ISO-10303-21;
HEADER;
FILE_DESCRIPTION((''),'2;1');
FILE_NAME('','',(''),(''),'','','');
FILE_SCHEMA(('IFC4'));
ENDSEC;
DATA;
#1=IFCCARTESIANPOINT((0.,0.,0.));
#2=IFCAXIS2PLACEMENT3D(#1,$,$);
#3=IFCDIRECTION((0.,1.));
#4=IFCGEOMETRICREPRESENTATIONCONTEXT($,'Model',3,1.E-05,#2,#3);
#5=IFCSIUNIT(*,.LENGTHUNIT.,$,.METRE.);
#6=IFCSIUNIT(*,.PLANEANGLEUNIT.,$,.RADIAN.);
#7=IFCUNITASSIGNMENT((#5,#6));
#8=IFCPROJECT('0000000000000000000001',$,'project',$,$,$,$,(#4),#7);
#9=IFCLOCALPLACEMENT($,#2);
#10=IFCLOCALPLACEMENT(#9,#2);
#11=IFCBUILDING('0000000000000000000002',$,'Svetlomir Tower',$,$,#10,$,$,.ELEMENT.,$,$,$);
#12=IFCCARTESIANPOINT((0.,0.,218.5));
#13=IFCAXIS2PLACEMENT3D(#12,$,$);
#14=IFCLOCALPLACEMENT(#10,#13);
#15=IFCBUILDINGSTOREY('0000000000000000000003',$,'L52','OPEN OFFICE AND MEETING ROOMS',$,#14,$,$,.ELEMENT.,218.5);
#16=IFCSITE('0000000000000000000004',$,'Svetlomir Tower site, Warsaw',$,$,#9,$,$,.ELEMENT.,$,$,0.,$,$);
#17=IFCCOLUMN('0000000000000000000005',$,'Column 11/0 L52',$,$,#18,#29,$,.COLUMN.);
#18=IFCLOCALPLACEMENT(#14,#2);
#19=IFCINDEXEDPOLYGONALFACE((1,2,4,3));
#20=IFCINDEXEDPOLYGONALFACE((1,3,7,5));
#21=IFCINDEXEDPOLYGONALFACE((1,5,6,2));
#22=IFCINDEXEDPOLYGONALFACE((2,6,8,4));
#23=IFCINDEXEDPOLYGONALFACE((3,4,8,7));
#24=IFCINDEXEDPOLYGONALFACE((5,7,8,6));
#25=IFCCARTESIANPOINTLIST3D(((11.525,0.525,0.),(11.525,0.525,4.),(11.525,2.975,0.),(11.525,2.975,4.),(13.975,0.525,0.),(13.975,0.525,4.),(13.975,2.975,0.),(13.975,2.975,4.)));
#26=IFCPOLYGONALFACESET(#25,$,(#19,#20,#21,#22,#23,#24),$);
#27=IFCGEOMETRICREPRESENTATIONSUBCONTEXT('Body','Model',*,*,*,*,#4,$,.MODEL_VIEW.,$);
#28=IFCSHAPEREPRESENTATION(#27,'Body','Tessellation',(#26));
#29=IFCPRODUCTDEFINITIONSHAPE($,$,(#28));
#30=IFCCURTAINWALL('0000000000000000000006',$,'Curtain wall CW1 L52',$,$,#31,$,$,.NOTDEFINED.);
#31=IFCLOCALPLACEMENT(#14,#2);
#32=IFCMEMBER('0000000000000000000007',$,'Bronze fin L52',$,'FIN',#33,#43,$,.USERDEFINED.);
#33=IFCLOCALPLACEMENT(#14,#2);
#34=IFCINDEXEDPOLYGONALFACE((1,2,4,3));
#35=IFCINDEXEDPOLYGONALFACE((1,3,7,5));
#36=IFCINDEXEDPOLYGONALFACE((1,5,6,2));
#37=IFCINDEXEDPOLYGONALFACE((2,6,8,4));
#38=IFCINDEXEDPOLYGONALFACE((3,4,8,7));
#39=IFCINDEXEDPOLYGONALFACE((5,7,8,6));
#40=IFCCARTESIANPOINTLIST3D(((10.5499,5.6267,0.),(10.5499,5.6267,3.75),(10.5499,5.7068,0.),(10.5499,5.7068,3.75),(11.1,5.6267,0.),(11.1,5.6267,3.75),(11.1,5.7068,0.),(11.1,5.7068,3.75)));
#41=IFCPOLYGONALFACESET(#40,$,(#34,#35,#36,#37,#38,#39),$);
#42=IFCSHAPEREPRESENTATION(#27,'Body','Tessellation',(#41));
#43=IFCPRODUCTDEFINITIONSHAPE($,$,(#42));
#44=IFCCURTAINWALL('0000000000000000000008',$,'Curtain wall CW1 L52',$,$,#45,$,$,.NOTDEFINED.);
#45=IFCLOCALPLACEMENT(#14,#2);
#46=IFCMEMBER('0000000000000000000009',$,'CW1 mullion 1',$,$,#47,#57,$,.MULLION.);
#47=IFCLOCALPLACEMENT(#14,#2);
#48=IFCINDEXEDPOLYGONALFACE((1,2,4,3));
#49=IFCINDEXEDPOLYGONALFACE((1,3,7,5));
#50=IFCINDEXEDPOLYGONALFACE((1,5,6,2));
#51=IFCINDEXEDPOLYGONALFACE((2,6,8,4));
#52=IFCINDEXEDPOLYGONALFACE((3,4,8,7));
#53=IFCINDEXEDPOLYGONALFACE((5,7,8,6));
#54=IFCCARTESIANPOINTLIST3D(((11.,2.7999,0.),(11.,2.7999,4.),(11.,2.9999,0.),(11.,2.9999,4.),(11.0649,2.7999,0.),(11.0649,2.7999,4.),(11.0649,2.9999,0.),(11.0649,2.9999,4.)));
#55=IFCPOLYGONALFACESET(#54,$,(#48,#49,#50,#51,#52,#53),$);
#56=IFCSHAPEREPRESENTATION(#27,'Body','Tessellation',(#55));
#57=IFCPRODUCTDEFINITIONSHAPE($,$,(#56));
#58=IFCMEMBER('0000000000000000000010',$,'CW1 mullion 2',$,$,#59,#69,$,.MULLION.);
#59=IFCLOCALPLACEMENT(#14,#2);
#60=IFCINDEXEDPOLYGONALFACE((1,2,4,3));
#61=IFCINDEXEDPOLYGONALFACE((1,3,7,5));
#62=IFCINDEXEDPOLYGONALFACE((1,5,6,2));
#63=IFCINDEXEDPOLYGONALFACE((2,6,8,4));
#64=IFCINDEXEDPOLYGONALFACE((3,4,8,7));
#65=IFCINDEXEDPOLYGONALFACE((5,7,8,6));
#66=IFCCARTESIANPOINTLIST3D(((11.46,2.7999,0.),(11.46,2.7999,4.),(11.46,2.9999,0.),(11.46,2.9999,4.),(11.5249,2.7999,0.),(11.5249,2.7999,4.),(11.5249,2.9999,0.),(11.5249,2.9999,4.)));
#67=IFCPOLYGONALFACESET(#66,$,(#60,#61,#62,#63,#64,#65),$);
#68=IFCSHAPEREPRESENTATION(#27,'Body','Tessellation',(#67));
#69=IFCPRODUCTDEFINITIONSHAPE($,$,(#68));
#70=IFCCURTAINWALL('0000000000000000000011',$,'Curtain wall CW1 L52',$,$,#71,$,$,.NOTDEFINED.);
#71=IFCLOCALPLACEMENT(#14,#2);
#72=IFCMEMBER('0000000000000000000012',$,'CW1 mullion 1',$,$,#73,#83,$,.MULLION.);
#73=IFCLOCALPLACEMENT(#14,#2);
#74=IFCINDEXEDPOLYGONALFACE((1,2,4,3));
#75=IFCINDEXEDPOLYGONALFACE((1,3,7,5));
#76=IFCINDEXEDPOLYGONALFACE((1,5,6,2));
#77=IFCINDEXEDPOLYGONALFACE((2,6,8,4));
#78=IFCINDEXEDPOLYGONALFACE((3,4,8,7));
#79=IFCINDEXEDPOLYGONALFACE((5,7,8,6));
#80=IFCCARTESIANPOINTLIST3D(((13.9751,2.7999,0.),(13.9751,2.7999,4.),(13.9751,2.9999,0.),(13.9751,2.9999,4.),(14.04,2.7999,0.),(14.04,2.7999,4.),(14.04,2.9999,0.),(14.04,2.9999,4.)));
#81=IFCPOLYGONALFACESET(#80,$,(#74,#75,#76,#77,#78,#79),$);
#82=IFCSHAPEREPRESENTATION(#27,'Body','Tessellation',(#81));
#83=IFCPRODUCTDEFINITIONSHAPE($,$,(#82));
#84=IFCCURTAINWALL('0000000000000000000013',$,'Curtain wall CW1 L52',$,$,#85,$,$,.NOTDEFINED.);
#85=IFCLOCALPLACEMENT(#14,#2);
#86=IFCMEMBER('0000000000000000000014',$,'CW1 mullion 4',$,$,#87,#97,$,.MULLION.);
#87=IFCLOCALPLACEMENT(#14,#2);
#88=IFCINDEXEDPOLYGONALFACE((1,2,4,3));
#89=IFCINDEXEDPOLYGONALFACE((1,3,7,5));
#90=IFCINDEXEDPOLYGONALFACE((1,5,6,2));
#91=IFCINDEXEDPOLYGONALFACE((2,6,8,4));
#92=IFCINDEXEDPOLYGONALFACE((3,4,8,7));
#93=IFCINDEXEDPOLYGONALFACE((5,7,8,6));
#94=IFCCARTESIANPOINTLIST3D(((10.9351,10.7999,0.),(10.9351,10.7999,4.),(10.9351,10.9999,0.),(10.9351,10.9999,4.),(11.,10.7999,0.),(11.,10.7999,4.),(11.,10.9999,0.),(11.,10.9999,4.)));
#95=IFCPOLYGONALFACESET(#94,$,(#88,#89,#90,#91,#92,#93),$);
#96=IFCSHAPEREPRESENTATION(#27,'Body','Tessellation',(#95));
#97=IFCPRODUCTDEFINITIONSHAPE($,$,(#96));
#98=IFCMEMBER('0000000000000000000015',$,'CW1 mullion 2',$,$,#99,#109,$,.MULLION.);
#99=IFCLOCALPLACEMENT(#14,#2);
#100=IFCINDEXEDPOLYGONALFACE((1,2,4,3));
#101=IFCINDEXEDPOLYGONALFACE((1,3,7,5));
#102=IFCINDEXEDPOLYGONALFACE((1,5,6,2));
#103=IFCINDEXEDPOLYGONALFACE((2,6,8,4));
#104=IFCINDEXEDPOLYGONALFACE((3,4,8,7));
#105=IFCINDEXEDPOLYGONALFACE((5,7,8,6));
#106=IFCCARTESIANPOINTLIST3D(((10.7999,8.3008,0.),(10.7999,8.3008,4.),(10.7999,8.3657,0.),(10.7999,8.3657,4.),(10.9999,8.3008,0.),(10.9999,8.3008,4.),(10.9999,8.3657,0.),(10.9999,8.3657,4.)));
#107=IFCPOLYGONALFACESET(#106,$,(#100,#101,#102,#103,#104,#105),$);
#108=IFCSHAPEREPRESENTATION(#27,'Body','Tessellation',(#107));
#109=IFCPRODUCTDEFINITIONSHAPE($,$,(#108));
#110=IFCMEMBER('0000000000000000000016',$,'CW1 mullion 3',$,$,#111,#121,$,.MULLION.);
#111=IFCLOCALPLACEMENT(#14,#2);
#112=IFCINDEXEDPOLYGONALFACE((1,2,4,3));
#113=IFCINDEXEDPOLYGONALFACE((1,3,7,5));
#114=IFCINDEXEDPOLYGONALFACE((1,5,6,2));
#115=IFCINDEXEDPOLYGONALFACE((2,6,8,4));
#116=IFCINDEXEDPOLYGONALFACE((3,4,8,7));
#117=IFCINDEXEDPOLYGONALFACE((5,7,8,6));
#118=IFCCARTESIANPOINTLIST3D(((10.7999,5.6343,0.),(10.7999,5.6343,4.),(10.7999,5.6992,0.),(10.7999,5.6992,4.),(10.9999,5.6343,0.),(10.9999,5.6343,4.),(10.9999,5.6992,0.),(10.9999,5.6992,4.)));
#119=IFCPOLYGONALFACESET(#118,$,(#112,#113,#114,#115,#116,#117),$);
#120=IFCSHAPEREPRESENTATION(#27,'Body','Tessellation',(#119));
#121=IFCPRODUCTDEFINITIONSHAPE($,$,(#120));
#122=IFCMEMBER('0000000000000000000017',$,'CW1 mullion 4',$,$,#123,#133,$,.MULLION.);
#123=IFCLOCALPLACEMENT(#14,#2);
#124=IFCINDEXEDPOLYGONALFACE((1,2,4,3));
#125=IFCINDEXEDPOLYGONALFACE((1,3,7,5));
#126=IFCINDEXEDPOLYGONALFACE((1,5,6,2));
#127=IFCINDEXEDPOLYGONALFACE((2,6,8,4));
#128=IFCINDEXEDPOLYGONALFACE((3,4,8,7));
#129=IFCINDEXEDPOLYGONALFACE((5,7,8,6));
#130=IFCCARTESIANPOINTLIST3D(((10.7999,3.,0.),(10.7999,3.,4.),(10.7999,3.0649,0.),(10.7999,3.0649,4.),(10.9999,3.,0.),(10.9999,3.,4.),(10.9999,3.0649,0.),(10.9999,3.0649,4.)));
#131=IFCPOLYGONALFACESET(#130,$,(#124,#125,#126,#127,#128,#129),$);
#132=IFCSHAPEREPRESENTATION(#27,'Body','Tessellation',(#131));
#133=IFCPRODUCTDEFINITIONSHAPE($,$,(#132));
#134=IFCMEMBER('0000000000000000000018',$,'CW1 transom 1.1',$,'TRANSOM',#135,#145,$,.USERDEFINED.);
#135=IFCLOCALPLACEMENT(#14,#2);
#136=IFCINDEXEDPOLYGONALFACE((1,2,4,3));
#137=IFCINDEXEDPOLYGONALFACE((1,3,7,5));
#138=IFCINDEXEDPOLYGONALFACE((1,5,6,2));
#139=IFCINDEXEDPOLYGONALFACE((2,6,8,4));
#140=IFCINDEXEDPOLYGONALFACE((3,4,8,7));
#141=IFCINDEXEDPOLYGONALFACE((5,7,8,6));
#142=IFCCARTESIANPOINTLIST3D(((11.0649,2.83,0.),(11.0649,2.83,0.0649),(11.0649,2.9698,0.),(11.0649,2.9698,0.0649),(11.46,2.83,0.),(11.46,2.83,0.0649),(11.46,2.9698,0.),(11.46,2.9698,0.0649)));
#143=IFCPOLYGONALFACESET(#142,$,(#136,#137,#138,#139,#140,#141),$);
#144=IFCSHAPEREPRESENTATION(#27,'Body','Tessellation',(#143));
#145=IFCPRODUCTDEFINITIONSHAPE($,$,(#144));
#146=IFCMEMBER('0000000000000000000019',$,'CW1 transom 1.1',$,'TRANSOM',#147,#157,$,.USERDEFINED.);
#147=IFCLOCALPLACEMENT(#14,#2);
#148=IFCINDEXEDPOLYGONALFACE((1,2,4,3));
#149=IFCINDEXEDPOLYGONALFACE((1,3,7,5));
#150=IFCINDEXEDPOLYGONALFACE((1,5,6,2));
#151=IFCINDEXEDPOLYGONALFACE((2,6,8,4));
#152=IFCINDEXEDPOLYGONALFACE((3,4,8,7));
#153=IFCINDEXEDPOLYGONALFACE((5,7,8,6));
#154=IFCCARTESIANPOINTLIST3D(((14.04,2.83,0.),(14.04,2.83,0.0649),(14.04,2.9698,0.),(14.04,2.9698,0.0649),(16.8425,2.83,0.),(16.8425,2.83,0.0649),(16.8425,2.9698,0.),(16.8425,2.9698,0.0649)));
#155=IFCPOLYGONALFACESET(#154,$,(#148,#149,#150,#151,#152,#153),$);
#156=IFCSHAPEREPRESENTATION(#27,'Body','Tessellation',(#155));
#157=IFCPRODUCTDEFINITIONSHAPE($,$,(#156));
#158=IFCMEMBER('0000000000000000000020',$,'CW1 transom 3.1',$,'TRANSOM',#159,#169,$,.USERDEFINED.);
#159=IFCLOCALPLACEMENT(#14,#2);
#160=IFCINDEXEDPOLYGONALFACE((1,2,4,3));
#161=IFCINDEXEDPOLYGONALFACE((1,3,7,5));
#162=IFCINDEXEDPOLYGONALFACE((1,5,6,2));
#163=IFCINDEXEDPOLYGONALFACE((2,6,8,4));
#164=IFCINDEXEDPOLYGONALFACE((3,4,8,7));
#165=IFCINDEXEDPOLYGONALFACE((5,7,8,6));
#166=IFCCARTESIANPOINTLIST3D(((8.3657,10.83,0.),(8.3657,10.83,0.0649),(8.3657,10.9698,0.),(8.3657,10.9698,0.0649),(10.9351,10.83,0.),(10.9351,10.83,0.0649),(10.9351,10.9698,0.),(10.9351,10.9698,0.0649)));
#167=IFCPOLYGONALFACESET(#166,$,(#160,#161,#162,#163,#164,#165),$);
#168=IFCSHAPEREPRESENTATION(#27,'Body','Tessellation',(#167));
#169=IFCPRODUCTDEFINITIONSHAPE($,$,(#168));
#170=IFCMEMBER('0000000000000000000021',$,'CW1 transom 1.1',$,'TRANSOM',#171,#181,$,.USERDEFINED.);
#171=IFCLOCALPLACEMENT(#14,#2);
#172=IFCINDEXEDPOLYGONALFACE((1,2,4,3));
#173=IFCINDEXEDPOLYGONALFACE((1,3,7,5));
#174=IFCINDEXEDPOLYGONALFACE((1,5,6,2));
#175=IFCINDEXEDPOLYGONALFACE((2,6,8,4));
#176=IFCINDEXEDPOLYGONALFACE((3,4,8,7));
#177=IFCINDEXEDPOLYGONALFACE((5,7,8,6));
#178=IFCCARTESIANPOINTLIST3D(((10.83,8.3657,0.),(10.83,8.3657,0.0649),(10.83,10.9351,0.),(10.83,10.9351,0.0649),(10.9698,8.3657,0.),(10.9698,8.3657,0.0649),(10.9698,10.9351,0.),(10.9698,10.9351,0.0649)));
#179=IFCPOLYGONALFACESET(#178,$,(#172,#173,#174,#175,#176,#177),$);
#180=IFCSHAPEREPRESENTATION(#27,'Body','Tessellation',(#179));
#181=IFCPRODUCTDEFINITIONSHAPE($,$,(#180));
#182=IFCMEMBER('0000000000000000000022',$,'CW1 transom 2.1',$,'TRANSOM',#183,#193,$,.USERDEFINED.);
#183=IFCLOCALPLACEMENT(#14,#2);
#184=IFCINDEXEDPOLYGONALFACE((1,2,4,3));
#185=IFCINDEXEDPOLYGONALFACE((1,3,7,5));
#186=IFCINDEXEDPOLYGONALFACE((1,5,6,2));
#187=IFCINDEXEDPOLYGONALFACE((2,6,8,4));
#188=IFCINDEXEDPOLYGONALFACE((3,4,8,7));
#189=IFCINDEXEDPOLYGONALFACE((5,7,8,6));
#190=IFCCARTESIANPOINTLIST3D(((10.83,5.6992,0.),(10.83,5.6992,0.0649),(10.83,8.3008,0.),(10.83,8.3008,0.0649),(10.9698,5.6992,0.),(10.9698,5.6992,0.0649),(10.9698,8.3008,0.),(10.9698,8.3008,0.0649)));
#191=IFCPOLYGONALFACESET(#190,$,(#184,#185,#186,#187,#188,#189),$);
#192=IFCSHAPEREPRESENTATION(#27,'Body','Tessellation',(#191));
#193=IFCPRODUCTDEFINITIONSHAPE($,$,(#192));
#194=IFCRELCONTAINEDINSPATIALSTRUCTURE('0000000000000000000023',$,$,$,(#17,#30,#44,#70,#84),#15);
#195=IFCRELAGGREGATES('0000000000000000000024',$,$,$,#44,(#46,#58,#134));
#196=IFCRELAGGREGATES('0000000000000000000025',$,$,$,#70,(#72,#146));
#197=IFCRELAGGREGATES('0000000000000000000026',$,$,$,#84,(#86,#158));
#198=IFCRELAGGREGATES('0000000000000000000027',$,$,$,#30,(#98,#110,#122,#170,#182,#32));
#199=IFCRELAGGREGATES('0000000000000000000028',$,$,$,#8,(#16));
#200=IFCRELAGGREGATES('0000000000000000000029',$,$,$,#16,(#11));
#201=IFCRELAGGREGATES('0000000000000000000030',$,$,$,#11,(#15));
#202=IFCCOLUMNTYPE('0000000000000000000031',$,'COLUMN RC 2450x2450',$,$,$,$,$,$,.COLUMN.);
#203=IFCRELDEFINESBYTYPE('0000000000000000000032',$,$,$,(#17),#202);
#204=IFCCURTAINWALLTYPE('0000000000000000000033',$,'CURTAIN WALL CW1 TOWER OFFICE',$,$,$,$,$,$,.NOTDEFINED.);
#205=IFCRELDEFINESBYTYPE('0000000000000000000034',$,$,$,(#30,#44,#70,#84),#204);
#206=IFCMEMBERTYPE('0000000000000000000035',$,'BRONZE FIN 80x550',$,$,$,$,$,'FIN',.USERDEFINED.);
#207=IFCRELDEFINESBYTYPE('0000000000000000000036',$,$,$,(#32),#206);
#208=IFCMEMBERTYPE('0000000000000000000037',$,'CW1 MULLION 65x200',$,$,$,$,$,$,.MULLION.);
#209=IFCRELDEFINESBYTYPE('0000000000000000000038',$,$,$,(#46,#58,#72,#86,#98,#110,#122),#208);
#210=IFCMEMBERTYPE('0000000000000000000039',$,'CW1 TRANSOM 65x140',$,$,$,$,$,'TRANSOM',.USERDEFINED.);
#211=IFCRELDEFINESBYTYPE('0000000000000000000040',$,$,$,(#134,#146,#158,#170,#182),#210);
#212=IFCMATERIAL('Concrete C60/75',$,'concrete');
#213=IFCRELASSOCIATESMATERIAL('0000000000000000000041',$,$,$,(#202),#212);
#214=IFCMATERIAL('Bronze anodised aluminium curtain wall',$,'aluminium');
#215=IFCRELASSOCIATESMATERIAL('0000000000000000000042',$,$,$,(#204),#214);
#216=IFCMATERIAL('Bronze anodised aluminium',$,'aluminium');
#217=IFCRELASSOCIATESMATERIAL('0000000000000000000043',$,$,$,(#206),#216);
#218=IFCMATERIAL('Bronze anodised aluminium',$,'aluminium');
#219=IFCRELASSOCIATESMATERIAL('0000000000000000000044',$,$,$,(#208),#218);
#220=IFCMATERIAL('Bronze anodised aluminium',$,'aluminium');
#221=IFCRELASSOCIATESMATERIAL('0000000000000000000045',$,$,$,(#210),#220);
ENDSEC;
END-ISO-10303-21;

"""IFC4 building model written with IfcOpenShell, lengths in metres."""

from ifc_helpers import new_model, si_unit, direction, frame, origin, origin_2d, place, context, subcontext, project, spatial, rectangle, extrude, material, material_profile, profile_set, type_object, element, aggregate, save


model = new_model("IFC4")

# Units and contexts
model_context = context("Model", 3, precision=1e-05, world=origin(), true_north=direction((0.0, 1.0)))
body_context = subcontext(model_context, "Body", "Model", "MODEL_VIEW")
ifc_project = project(units=[si_unit("LENGTHUNIT", "METRE"), si_unit("PLANEANGLEUNIT", "RADIAN")], contexts=[model_context])

# Site, building, storey
site_placement = place(None, origin())
site = spatial("IfcSite", under=ifc_project, at=site_placement, Name="Svetlomir Tower site, Warsaw", CompositionType="ELEMENT", RefElevation=0.0)
building_placement = place(site_placement, origin())
building = spatial("IfcBuilding", under=site, at=building_placement, Name="Svetlomir Tower", CompositionType="ELEMENT")
storey_placement = place(building_placement, frame((0.0, 0.0, 218.5)))
storey = spatial("IfcBuildingStorey", under=building, at=storey_placement, Name="L52", Description="OPEN OFFICE AND MEETING ROOMS", CompositionType="ELEMENT", Elevation=218.5)

# Column
ifc_material_1 = material(Name="Concrete C60/75", Category="concrete")
ifc_material_profile_1 = material_profile(ifc_material_1, rectangle(XDim=2.45, YDim=2.45, at=origin_2d()), Name="RC 2450x2450")
ifc_profile_set_1 = profile_set([ifc_material_profile_1], Name="Concrete C60/75")
column_type = type_object("IfcColumnType", Name="COLUMN RC 2450x2450", PredefinedType="COLUMN", material=ifc_profile_set_1)
column_placement = place(storey_placement, frame((12.75, 1.75, 0.0), z_axis=(0.0, 0.0, 1.0), x_axis=(1.0, 0.0, 0.0)))
element("IfcColumn", 1, at=column_placement, inside=storey, type_object=column_type, Name="Column 11/0 L52", PredefinedType="COLUMN", context=body_context, shape_type="SweptSolid", body=[
    extrude(rectangle(XDim=2.45, YDim=2.45, at=origin_2d()), origin(), (0.0, 0.0, 1.0), 4.0),
])

# Curtain wall, member
ifc_material_2 = material(Name="Bronze anodised aluminium curtain wall", Category="aluminium")
curtain_wall_type = type_object("IfcCurtainWallType", Name="CURTAIN WALL CW1 TOWER OFFICE", PredefinedType="NOTDEFINED", material=ifc_material_2)
curtain_wall_1_placement = place(storey_placement, origin())
curtain_wall_1 = element("IfcCurtainWall", 2, at=curtain_wall_1_placement, inside=storey, type_object=curtain_wall_type, Name="Curtain wall CW1 L52", PredefinedType="NOTDEFINED")
ifc_material_3 = material(Name="Bronze anodised aluminium", Category="aluminium")
ifc_material_profile_2 = material_profile(ifc_material_3, rectangle(XDim=0.0801, YDim=0.55, at=origin_2d()), Name="FIN 80x550")
ifc_profile_set_2 = profile_set([ifc_material_profile_2], Name="Bronze anodised aluminium 6063-T6")
member_type_1 = type_object("IfcMemberType", Name="BRONZE FIN 80x550", ElementType="FIN", PredefinedType="USERDEFINED", material=ifc_profile_set_2)
member_1_placement = place(storey_placement, frame((10.825, 5.6667, 0.0), z_axis=(0.0, 0.0, 1.0), x_axis=(0.0, 1.0, 0.0)))
member_1 = element("IfcMember", 3, at=member_1_placement, type_object=member_type_1, Name="Bronze fin L52", ObjectType="FIN", PredefinedType="USERDEFINED", context=body_context, shape_type="SweptSolid", body=[
    extrude(rectangle(XDim=0.0801, YDim=0.55, at=origin_2d()), origin(), (0.0, 0.0, 1.0), 3.75),
])

# Curtain wall, members
curtain_wall_2_placement = place(storey_placement, origin())
curtain_wall_2 = element("IfcCurtainWall", 4, at=curtain_wall_2_placement, inside=storey, type_object=curtain_wall_type, Name="Curtain wall CW1 L52", PredefinedType="NOTDEFINED")
ifc_material_4 = material(Name="Bronze anodised aluminium", Category="aluminium")
ifc_material_profile_3 = material_profile(ifc_material_4, rectangle(XDim=0.0649, YDim=0.2, at=origin_2d()), Name="AL 65x200")
ifc_profile_set_3 = profile_set([ifc_material_profile_3], Name="Bronze anodised aluminium 6063-T6")
member_type_2 = type_object("IfcMemberType", Name="CW1 MULLION 65x200", PredefinedType="MULLION", material=ifc_profile_set_3)
member_2_placement = place(storey_placement, frame((11.0325, 2.8999, 0.0), z_axis=(0.0, 0.0, 1.0), x_axis=(1.0, 0.0, 0.0)))
member_2 = element("IfcMember", 5, at=member_2_placement, type_object=member_type_2, Name="CW1 mullion 1", PredefinedType="MULLION", context=body_context, shape_type="SweptSolid", body=[
    extrude(rectangle(XDim=0.0649, YDim=0.2, at=origin_2d()), origin(), (0.0, 0.0, 1.0), 4.0),
])
member_3_placement = place(storey_placement, frame((11.4924, 2.8999, 0.0), z_axis=(0.0, 0.0, 1.0), x_axis=(1.0, 0.0, 0.0)))
member_3 = element("IfcMember", 6, at=member_3_placement, type_object=member_type_2, Name="CW1 mullion 2", PredefinedType="MULLION", context=body_context, shape_type="SweptSolid", body=[
    extrude(rectangle(XDim=0.0649, YDim=0.2, at=origin_2d()), origin(), (0.0, 0.0, 1.0), 4.0),
])

# Curtain walls, members
curtain_wall_3_placement = place(storey_placement, origin())
curtain_wall_3 = element("IfcCurtainWall", 7, at=curtain_wall_3_placement, inside=storey, type_object=curtain_wall_type, Name="Curtain wall CW1 L52", PredefinedType="NOTDEFINED")
member_4_placement = place(storey_placement, frame((14.0076, 2.8999, 0.0), z_axis=(0.0, 0.0, 1.0), x_axis=(1.0, 0.0, 0.0)))
member_4 = element("IfcMember", 8, at=member_4_placement, type_object=member_type_2, Name="CW1 mullion 1", PredefinedType="MULLION", context=body_context, shape_type="SweptSolid", body=[
    extrude(rectangle(XDim=0.0649, YDim=0.2, at=origin_2d()), origin(), (0.0, 0.0, 1.0), 4.0),
])
curtain_wall_4_placement = place(storey_placement, origin())
curtain_wall_4 = element("IfcCurtainWall", 9, at=curtain_wall_4_placement, inside=storey, type_object=curtain_wall_type, Name="Curtain wall CW1 L52", PredefinedType="NOTDEFINED")
member_5_placement = place(storey_placement, frame((10.9675, 10.8999, 0.0), z_axis=(0.0, 0.0, 1.0), x_axis=(1.0, 0.0, 0.0)))
member_5 = element("IfcMember", 10, at=member_5_placement, type_object=member_type_2, Name="CW1 mullion 4", PredefinedType="MULLION", context=body_context, shape_type="SweptSolid", body=[
    extrude(rectangle(XDim=0.0649, YDim=0.2, at=origin_2d()), origin(), (0.0, 0.0, 1.0), 4.0),
])

# Members
member_6_placement = place(storey_placement, frame((10.8999, 8.3333, 0.0), z_axis=(0.0, 0.0, 1.0), x_axis=(0.0, -1.0, 0.0)))
member_6 = element("IfcMember", 11, at=member_6_placement, type_object=member_type_2, Name="CW1 mullion 2", PredefinedType="MULLION", context=body_context, shape_type="SweptSolid", body=[
    extrude(rectangle(XDim=0.0649, YDim=0.2, at=origin_2d()), origin(), (0.0, 0.0, 1.0), 4.0),
])
member_7_placement = place(storey_placement, frame((10.8999, 5.6667, 0.0), z_axis=(0.0, 0.0, 1.0), x_axis=(0.0, -1.0, 0.0)))
member_7 = element("IfcMember", 12, at=member_7_placement, type_object=member_type_2, Name="CW1 mullion 3", PredefinedType="MULLION", context=body_context, shape_type="SweptSolid", body=[
    extrude(rectangle(XDim=0.0649, YDim=0.2, at=origin_2d()), origin(), (0.0, 0.0, 1.0), 4.0),
])
member_8_placement = place(storey_placement, frame((10.8999, 3.0325, 0.0), z_axis=(0.0, 0.0, 1.0), x_axis=(0.0, -1.0, 0.0)))
member_8 = element("IfcMember", 13, at=member_8_placement, type_object=member_type_2, Name="CW1 mullion 4", PredefinedType="MULLION", context=body_context, shape_type="SweptSolid", body=[
    extrude(rectangle(XDim=0.0649, YDim=0.2, at=origin_2d()), origin(), (0.0, 0.0, 1.0), 4.0),
])
ifc_material_5 = material(Name="Bronze anodised aluminium", Category="aluminium")
ifc_material_profile_4 = material_profile(ifc_material_5, rectangle(XDim=0.1399, YDim=0.0649, at=origin_2d()), Name="AL 140x65")
ifc_profile_set_4 = profile_set([ifc_material_profile_4], Name="Bronze anodised aluminium 6063-T6")
member_type_3 = type_object("IfcMemberType", Name="CW1 TRANSOM 65x140", ElementType="TRANSOM", PredefinedType="USERDEFINED", material=ifc_profile_set_4)
member_9_placement = place(storey_placement, frame((11.0649, 2.8999, 0.0325), z_axis=(1.0, 0.0, 0.0), x_axis=(0.0, 1.0, 0.0)))
member_9 = element("IfcMember", 14, at=member_9_placement, type_object=member_type_3, Name="CW1 transom 1.1", ObjectType="TRANSOM", PredefinedType="USERDEFINED", context=body_context, shape_type="SweptSolid", body=[
    extrude(rectangle(XDim=0.1399, YDim=0.0649, at=origin_2d()), origin(), (0.0, 0.0, 1.0), 0.395),
])
member_10_placement = place(storey_placement, frame((14.04, 2.8999, 0.0325), z_axis=(1.0, 0.0, 0.0), x_axis=(0.0, 1.0, 0.0)))
member_10 = element("IfcMember", 15, at=member_10_placement, type_object=member_type_3, Name="CW1 transom 1.1", ObjectType="TRANSOM", PredefinedType="USERDEFINED", context=body_context, shape_type="SweptSolid", body=[
    extrude(rectangle(XDim=0.1399, YDim=0.0649, at=origin_2d()), origin(), (0.0, 0.0, 1.0), 2.8025),
])
member_11_placement = place(storey_placement, frame((8.3657, 10.8999, 0.0325), z_axis=(1.0, 0.0, 0.0), x_axis=(0.0, 1.0, 0.0)))
member_11 = element("IfcMember", 16, at=member_11_placement, type_object=member_type_3, Name="CW1 transom 3.1", ObjectType="TRANSOM", PredefinedType="USERDEFINED", context=body_context, shape_type="SweptSolid", body=[
    extrude(rectangle(XDim=0.1399, YDim=0.0649, at=origin_2d()), origin(), (0.0, 0.0, 1.0), 2.5693),
])
member_12_placement = place(storey_placement, frame((10.8999, 10.9351, 0.0325), z_axis=(0.0, -1.0, 0.0), x_axis=(1.0, 0.0, 0.0)))
member_12 = element("IfcMember", 17, at=member_12_placement, type_object=member_type_3, Name="CW1 transom 1.1", ObjectType="TRANSOM", PredefinedType="USERDEFINED", context=body_context, shape_type="SweptSolid", body=[
    extrude(rectangle(XDim=0.1399, YDim=0.0649, at=origin_2d()), origin(), (0.0, 0.0, 1.0), 2.5693),
])
member_13_placement = place(storey_placement, frame((10.8999, 8.3008, 0.0325), z_axis=(0.0, -1.0, 0.0), x_axis=(1.0, 0.0, 0.0)))
member_13 = element("IfcMember", 18, at=member_13_placement, type_object=member_type_3, Name="CW1 transom 2.1", ObjectType="TRANSOM", PredefinedType="USERDEFINED", context=body_context, shape_type="SweptSolid", body=[
    extrude(rectangle(XDim=0.1399, YDim=0.0649, at=origin_2d()), origin(), (0.0, 0.0, 1.0), 2.6016),
])

aggregate(curtain_wall_2, [member_2, member_3, member_9])
aggregate(curtain_wall_3, [member_4, member_10])
aggregate(curtain_wall_4, [member_5, member_11])
aggregate(curtain_wall_1, [member_6, member_7, member_8, member_12, member_13, member_1])

save(model, "model.ifc")
